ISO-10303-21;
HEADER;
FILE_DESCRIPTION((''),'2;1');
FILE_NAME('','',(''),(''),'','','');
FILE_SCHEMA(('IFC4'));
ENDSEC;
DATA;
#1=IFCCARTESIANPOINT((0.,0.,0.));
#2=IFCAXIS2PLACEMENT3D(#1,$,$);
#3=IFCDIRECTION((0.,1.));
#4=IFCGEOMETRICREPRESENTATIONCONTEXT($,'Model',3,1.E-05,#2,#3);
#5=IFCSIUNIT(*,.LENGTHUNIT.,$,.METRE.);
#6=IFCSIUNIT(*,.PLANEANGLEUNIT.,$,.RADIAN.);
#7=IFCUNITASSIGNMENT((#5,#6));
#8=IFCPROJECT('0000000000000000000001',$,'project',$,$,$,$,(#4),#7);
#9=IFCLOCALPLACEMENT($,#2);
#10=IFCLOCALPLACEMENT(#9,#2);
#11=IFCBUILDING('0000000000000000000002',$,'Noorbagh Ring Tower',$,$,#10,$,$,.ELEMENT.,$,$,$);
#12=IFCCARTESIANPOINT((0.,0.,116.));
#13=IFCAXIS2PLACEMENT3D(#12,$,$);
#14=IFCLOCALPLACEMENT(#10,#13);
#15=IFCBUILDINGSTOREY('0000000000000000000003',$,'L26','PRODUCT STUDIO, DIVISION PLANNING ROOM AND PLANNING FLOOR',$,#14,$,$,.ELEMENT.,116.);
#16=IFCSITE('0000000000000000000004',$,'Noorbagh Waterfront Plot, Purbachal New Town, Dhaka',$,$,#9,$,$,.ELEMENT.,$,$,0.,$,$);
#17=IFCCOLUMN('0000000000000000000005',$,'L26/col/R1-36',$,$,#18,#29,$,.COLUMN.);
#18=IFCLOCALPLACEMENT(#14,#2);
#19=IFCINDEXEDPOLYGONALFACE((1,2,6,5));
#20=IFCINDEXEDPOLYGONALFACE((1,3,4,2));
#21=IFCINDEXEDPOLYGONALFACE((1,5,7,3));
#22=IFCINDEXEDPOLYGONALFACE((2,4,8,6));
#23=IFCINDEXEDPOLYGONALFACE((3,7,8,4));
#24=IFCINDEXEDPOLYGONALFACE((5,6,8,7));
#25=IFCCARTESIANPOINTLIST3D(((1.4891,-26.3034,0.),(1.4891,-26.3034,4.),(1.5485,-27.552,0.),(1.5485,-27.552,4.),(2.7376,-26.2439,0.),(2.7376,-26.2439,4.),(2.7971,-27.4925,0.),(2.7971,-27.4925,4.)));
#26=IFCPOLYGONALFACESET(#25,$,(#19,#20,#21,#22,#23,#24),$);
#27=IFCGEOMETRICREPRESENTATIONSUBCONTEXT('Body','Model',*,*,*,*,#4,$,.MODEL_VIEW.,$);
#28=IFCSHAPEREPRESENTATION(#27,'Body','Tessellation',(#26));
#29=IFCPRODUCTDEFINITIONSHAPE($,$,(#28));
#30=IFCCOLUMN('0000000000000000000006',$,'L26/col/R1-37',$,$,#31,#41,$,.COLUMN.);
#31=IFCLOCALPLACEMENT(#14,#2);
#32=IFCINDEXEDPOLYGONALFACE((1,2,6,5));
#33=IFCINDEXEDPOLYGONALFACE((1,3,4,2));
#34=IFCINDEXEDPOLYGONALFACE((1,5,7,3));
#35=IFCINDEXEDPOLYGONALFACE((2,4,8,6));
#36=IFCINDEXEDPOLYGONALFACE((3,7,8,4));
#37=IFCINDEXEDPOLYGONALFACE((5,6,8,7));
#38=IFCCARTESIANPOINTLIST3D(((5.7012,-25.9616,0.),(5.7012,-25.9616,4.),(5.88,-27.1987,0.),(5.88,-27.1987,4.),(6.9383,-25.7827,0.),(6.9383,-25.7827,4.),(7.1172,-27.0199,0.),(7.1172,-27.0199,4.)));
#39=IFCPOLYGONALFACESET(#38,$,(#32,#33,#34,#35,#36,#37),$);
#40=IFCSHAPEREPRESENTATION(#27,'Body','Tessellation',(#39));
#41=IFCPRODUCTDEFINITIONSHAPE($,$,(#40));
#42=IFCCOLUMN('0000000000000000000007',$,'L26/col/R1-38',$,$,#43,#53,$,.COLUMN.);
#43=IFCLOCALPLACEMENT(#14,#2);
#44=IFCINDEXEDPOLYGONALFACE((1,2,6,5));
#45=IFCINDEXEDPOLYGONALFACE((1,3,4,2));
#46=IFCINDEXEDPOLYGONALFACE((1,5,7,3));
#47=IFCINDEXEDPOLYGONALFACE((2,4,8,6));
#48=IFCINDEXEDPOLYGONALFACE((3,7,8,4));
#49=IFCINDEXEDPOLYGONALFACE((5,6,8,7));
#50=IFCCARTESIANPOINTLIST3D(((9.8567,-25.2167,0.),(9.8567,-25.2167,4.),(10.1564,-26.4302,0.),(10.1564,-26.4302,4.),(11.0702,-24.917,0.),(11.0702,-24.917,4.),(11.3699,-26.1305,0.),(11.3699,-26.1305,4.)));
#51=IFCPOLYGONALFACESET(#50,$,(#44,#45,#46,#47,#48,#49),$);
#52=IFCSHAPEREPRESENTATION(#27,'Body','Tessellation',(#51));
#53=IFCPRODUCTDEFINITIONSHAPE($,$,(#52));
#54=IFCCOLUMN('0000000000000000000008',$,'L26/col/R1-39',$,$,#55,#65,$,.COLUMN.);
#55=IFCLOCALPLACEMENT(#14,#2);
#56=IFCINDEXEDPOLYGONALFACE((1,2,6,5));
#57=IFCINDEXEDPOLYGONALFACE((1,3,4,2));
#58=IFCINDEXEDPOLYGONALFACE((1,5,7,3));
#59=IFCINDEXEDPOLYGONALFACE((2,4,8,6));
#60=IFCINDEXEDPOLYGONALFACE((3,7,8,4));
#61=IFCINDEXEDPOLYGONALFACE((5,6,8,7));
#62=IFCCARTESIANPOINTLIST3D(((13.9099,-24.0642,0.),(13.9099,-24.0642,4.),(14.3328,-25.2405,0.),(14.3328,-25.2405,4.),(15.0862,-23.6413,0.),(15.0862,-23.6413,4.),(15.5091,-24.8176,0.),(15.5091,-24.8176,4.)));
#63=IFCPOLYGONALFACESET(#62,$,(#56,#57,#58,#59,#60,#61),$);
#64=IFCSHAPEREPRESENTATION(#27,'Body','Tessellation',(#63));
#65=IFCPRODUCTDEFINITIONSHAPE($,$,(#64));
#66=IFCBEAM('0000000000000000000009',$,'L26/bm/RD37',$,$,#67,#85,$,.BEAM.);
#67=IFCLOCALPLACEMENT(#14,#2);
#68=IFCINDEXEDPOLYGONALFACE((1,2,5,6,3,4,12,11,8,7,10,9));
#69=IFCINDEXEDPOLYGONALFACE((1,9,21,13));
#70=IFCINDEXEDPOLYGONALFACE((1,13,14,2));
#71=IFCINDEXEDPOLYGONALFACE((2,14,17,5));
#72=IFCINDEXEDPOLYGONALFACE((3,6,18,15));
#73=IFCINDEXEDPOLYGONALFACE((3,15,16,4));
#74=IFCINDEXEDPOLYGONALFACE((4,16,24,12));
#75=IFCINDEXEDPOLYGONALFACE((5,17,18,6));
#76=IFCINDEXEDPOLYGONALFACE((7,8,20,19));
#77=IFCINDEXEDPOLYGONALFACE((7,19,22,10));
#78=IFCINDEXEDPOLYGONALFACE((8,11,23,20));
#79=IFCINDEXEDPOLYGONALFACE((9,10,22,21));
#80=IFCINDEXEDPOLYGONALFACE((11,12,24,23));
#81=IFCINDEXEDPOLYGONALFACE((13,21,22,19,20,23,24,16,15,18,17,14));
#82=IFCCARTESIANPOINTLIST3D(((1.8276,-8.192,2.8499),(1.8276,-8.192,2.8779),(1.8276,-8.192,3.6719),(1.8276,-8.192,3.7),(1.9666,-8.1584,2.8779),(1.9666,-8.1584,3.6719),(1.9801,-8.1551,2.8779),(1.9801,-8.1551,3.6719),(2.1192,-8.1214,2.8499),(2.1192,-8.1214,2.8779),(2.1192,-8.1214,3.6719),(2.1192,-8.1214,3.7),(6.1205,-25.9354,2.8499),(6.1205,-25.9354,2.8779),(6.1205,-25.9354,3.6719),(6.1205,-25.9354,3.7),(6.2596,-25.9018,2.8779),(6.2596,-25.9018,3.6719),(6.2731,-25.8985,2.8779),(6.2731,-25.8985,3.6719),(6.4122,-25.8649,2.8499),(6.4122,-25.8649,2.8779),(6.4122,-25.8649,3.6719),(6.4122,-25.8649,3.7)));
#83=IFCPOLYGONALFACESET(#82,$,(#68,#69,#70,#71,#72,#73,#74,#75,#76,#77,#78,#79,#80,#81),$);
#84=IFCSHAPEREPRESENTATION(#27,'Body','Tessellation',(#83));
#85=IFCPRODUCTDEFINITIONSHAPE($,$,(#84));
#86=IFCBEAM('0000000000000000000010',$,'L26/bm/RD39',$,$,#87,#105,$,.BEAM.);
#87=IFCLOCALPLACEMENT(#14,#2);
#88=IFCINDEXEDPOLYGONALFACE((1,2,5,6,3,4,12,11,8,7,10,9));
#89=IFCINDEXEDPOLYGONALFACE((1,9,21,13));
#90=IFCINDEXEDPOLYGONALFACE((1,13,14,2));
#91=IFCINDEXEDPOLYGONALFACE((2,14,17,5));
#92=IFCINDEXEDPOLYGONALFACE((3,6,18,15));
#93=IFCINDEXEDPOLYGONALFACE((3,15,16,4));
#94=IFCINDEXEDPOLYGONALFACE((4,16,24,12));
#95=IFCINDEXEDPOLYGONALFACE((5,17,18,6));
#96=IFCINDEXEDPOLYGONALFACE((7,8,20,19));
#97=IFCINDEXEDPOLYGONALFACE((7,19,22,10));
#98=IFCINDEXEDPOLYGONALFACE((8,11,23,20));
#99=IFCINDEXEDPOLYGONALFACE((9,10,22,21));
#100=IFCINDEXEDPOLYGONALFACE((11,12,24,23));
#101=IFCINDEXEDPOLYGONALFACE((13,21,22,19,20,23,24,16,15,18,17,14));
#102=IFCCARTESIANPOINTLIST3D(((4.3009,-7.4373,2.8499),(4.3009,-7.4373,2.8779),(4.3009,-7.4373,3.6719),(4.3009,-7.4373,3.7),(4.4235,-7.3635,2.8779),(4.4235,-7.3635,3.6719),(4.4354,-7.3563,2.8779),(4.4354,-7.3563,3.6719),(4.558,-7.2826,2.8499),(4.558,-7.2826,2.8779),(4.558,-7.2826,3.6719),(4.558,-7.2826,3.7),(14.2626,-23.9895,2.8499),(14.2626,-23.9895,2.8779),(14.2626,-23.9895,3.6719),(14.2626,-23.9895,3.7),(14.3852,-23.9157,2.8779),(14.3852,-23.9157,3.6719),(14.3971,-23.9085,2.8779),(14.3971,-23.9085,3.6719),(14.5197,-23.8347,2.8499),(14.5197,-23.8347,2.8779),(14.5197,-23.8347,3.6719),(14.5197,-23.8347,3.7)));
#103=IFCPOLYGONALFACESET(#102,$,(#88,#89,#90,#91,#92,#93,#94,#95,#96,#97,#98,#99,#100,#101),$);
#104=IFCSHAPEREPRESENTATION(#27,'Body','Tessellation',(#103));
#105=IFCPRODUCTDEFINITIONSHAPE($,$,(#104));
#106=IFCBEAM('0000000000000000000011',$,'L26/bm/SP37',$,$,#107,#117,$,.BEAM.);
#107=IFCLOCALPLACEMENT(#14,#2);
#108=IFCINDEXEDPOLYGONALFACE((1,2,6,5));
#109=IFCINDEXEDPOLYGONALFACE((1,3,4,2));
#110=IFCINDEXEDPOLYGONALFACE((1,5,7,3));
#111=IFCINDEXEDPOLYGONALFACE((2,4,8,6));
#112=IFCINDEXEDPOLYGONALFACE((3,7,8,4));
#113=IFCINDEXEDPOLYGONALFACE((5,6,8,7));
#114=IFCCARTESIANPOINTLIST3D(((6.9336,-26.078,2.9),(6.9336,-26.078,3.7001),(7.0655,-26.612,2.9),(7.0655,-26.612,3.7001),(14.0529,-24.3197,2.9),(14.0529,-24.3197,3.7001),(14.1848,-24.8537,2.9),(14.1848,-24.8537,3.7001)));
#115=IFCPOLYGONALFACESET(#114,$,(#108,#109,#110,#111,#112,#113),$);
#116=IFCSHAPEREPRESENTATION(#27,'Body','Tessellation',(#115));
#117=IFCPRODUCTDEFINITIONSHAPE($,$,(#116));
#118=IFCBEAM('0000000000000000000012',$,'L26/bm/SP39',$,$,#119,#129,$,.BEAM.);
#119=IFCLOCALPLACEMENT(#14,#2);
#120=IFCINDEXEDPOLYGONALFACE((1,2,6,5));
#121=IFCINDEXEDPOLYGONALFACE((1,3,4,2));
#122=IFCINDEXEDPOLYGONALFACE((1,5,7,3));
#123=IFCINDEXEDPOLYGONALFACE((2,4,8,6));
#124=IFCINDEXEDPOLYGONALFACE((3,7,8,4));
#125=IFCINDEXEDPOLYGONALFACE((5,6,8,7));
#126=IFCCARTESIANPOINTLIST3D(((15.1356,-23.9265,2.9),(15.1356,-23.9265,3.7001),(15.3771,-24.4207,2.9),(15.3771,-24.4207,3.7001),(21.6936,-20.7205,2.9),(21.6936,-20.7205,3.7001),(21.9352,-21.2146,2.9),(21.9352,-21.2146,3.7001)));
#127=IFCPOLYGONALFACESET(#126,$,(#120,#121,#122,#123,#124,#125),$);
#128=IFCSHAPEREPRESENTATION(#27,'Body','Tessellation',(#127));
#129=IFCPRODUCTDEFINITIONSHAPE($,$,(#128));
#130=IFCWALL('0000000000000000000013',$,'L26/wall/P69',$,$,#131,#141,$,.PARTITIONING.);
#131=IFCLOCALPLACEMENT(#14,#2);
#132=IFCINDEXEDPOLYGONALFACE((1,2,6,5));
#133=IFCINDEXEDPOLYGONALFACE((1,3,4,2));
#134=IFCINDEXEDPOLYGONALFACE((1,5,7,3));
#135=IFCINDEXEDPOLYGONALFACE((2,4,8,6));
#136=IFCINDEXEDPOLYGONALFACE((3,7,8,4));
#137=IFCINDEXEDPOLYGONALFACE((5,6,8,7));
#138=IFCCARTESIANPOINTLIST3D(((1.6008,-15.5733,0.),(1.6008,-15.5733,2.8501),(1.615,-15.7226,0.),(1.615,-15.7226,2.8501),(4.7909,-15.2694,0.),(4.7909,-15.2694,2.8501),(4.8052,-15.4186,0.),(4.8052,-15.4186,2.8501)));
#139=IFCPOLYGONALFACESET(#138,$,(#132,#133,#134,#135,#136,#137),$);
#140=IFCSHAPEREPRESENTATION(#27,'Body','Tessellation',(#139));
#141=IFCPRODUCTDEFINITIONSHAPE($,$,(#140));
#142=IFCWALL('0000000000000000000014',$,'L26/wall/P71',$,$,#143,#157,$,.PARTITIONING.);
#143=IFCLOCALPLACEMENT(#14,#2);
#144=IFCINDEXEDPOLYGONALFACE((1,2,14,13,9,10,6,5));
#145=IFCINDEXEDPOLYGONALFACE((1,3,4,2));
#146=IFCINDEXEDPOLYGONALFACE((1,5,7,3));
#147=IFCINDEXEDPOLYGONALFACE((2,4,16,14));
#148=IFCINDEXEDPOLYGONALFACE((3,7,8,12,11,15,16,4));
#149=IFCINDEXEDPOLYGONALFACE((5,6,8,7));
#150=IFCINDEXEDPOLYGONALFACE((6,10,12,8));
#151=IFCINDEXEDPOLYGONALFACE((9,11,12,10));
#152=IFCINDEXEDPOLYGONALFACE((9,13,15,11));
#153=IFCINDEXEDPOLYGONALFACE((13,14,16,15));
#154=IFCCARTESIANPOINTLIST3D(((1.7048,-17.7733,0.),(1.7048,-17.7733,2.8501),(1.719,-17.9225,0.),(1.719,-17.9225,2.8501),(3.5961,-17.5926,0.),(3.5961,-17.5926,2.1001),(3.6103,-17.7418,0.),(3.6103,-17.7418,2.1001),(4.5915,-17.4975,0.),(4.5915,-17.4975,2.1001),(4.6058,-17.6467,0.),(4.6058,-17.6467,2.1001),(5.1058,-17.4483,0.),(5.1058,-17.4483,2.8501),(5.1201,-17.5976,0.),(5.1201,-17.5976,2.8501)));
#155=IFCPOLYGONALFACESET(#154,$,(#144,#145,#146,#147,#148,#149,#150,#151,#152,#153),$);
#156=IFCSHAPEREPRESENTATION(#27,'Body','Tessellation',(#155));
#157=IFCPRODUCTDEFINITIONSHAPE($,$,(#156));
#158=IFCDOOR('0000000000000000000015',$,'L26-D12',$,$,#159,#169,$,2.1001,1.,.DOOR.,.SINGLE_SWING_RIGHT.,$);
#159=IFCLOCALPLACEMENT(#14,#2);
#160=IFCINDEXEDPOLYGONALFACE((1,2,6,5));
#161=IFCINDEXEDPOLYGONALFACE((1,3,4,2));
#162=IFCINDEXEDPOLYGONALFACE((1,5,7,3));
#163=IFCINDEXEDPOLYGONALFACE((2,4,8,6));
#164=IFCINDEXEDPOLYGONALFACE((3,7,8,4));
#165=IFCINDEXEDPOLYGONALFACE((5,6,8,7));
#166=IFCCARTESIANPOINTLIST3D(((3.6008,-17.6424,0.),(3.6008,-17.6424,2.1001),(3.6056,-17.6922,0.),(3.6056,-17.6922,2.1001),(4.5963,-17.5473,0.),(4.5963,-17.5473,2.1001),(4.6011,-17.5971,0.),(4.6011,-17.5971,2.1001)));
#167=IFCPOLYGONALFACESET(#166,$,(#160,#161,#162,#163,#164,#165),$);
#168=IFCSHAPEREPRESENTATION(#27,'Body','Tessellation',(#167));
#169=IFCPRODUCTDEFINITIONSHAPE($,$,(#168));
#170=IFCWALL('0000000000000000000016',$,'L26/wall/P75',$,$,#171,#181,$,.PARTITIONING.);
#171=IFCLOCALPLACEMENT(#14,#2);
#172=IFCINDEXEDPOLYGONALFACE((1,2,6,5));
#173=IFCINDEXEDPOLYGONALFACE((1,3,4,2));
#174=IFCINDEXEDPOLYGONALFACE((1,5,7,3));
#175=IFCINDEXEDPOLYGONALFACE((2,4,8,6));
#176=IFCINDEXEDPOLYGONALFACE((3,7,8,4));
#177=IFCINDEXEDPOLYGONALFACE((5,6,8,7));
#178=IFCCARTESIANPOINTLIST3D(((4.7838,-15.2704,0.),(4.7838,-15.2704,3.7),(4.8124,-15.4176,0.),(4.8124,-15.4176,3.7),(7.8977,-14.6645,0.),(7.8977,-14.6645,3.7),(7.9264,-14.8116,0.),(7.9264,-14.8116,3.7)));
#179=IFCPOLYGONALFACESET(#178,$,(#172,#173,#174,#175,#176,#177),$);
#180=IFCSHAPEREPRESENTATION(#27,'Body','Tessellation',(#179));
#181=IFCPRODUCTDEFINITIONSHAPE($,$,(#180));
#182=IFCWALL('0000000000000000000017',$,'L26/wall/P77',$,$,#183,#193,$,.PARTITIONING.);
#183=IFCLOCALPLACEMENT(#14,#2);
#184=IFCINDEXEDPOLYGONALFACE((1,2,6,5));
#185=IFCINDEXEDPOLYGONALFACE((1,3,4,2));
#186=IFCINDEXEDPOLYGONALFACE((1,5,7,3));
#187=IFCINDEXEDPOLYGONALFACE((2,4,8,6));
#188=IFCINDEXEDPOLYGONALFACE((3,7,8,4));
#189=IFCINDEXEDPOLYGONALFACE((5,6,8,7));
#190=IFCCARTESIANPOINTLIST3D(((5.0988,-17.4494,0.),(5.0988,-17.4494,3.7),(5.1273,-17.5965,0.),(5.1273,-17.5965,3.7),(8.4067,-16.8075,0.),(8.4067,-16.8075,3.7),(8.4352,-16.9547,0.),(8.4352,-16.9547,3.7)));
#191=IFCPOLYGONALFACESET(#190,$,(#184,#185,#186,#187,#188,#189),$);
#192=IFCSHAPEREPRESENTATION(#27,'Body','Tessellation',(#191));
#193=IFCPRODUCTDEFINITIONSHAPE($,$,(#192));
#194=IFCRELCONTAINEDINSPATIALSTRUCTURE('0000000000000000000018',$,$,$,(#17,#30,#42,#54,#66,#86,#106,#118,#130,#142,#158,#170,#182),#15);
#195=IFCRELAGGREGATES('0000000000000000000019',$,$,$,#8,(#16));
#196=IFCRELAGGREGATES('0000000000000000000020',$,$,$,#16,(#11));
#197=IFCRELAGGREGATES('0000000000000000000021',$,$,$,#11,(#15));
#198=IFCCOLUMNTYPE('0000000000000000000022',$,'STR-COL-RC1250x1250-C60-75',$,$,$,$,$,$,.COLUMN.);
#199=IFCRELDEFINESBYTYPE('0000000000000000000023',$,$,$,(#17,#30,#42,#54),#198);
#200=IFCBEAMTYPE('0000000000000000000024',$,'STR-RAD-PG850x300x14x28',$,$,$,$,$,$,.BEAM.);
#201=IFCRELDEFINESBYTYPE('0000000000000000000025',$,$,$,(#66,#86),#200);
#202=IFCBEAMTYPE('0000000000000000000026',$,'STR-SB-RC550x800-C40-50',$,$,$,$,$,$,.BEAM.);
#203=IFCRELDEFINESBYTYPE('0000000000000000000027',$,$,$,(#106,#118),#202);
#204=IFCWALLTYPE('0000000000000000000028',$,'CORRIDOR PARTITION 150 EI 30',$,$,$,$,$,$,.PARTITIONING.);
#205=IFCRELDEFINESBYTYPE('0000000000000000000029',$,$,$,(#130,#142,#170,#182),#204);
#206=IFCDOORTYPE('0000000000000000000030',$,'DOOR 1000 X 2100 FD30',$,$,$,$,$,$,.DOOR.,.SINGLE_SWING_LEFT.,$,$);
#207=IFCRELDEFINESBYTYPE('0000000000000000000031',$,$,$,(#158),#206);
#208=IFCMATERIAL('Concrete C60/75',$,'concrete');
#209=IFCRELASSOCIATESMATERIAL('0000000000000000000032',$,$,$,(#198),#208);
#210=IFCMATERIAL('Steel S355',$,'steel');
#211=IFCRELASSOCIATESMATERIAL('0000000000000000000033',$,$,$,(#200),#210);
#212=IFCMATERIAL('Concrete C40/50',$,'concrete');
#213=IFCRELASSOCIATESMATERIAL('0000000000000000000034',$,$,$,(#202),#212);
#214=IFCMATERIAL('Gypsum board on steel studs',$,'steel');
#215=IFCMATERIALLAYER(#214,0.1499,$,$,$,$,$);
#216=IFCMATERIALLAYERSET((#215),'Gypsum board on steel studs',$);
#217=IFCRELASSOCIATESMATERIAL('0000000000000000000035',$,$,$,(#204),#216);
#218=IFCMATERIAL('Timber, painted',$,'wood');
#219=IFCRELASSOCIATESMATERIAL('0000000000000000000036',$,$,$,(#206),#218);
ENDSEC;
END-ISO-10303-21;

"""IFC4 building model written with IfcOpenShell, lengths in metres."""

from ifc_helpers import new_model, si_unit, direction, frame, frame_2d, origin, origin_2d, place, context, subcontext, project, spatial, rectangle, i_section, extrude, material, layer, layer_set, material_profile, profile_set, type_object, element, fill, save


model = new_model("IFC4")

# Units and contexts
model_context = context("Model", 3, precision=1e-05, world=origin(), true_north=direction((0.0, 1.0)))
body_context = subcontext(model_context, "Body", "Model", "MODEL_VIEW")
ifc_project = project(units=[si_unit("LENGTHUNIT", "METRE"), si_unit("PLANEANGLEUNIT", "RADIAN")], contexts=[model_context])

# Site, building, storey
site_placement = place(None, origin())
site = spatial("IfcSite", under=ifc_project, at=site_placement, Name="Noorbagh Waterfront Plot, Purbachal New Town, Dhaka", CompositionType="ELEMENT", RefElevation=0.0)
building_placement = place(site_placement, origin())
building = spatial("IfcBuilding", under=site, at=building_placement, Name="Noorbagh Ring Tower", CompositionType="ELEMENT")
storey_placement = place(building_placement, frame((0.0, 0.0, 116.0)))
storey = spatial("IfcBuildingStorey", under=building, at=storey_placement, Name="L26", Description="PRODUCT STUDIO, DIVISION PLANNING ROOM AND PLANNING FLOOR", CompositionType="ELEMENT", Elevation=116.0)

# Columns
ifc_material_1 = material(Name="Concrete C60/75", Category="concrete")
ifc_material_profile_1 = material_profile(ifc_material_1, rectangle(XDim=1.25, YDim=1.25, at=origin_2d()), Name="RC1250x1250")
ifc_profile_set_1 = profile_set([ifc_material_profile_1], Name="Concrete C60/75")
column_type = type_object("IfcColumnType", Name="STR-COL-RC1250x1250-C60-75", PredefinedType="COLUMN", material=ifc_profile_set_1)
for number, where, z_axis, x_axis, name in (
    (1, (2.1431, -26.8979, 0.0), (0.0, 0.0, 1.0), (0.998869, 0.047553, 0.0), "L26/col/R1-36"),
    (2, (6.4092, -26.4907, 0.0), (0.0, 0.0, 1.0), (0.989713, 0.143066, 0.0), "L26/col/R1-37"),
    (3, (10.6133, -25.6736, 0.0), (0.0, 0.0, 1.0), (0.970829, 0.239771, 0.0), "L26/col/R1-38"),
    (4, (14.7095, -24.4409, 0.0), (0.0, 0.0, 1.0), (0.941025, 0.338338, 0.0), "L26/col/R1-39"),
):
    element("IfcColumn", number, at=place(storey_placement, frame(where, z_axis=z_axis, x_axis=x_axis)), inside=storey, type_object=column_type, Name=name, PredefinedType="COLUMN", context=body_context, shape_type="SweptSolid", body=[
        extrude(rectangle(XDim=1.25, YDim=1.25, at=origin_2d()), origin(), (0.0, 0.0, 1.0), 4.0),
    ])

# Beams
ifc_material_2 = material(Name="Steel S355", Category="steel")
ifc_material_profile_2 = material_profile(ifc_material_2, i_section(OverallWidth=0.3, OverallDepth=0.8501, WebThickness=0.0139, FlangeThickness=0.0281, at=origin_2d()), Name="PG850x300x14x28")
ifc_profile_set_2 = profile_set([ifc_material_profile_2], Name="Steel S355")
beam_type_1 = type_object("IfcBeamType", Name="STR-RAD-PG850x300x14x28", PredefinedType="BEAM", material=ifc_profile_set_2)
beam_1_placement = place(storey_placement, frame((6.2664, -25.9001, 3.2749), z_axis=(-0.235162, 0.971956, 0.0), x_axis=(-0.971956, -0.235162, 0.0)))
element("IfcBeam", 5, at=beam_1_placement, inside=storey, type_object=beam_type_1, Name="L26/bm/RD37", PredefinedType="BEAM", context=body_context, shape_type="SweptSolid", body=[
    extrude(i_section(OverallWidth=0.3, OverallDepth=0.8501, WebThickness=0.0139, FlangeThickness=0.0281, at=origin_2d()), origin(), (0.0, 0.0, 1.0), 18.2554),
])
beam_2_placement = place(storey_placement, frame((14.3911, -23.9121, 3.2749), z_axis=(-0.515649, 0.8568, 0.0), x_axis=(-0.8568, -0.515649, 0.0)))
element("IfcBeam", 6, at=beam_2_placement, inside=storey, type_object=beam_type_1, Name="L26/bm/RD39", PredefinedType="BEAM", context=body_context, shape_type="SweptSolid", body=[
    extrude(i_section(OverallWidth=0.3, OverallDepth=0.8501, WebThickness=0.0139, FlangeThickness=0.0281, at=origin_2d()), origin(), (0.0, 0.0, 1.0), 19.3186),
])
ifc_material_3 = material(Name="Concrete C40/50", Category="concrete")
ifc_material_profile_3 = material_profile(ifc_material_3, rectangle(XDim=0.55, YDim=0.8, at=origin_2d()), Name="RC550x800")
ifc_profile_set_3 = profile_set([ifc_material_profile_3], Name="Concrete C40/50")
beam_type_2 = type_object("IfcBeamType", Name="STR-SB-RC550x800-C40-50", PredefinedType="BEAM", material=ifc_profile_set_3)
beam_3_placement = place(storey_placement, frame((6.9995, -26.345, 3.3), z_axis=(0.97083, 0.239769, 0.0), x_axis=(-0.239769, 0.97083, 0.0)))
element("IfcBeam", 7, at=beam_3_placement, inside=storey, type_object=beam_type_2, Name="L26/bm/SP37", PredefinedType="BEAM", context=body_context, shape_type="SweptSolid", body=[
    extrude(rectangle(XDim=0.55, YDim=0.8, at=origin_2d()), origin(), (0.0, 0.0, 1.0), 7.3333),
])
beam_4_placement = place(storey_placement, frame((15.2563, -24.1736, 3.3), z_axis=(0.898391, 0.439196, 0.0), x_axis=(-0.439196, 0.898391, 0.0)))
element("IfcBeam", 8, at=beam_4_placement, inside=storey, type_object=beam_type_2, Name="L26/bm/SP39", PredefinedType="BEAM", context=body_context, shape_type="SweptSolid", body=[
    extrude(rectangle(XDim=0.55, YDim=0.8, at=origin_2d()), origin(), (0.0, 0.0, 1.0), 7.2998),
])

# Wall
ifc_material_4 = material(Name="Gypsum board on steel studs", Category="steel")
ifc_layer_1 = layer(ifc_material_4, 0.1499)
ifc_layer_set_1 = layer_set([ifc_layer_1], Name="Gypsum board on steel studs")
wall_type_1 = type_object("IfcWallType", Name="CORRIDOR PARTITION 150 EI 30", PredefinedType="PARTITIONING", material=ifc_layer_set_1)
wall_1_placement = place(storey_placement, frame((1.6079, -15.6479, 0.0), z_axis=(0.0, 0.0, 1.0), x_axis=(0.995492, 0.094849, 0.0)))
element("IfcWall", 9, at=wall_1_placement, inside=storey, type_object=wall_type_1, Name="L26/wall/P69", PredefinedType="PARTITIONING", context=body_context, shape_type="SweptSolid", body=[
    extrude(rectangle(XDim=3.2046, YDim=0.1499, at=frame_2d((1.6023, 0.0))), origin(), (0.0, 0.0, 1.0), 2.8501),
])

# Wall, opening, door
wall_2_placement = place(storey_placement, frame((1.7119, -17.8479, 0.0), z_axis=(0.0, 0.0, 1.0), x_axis=(0.995467, 0.095109, 0.0)))
wall_2 = element("IfcWall", 10, at=wall_2_placement, inside=storey, type_object=wall_type_1, Name="L26/wall/P71", PredefinedType="PARTITIONING", context=body_context, shape_type="SweptSolid", body=[
    extrude(rectangle(XDim=3.4165, YDim=0.1499, at=frame_2d((1.7083, 0.0))), origin(), (0.0, 0.0, 1.0), 2.8501),
])
opening_1_placement = place(wall_2_placement, frame((1.8999, 0.0, 0.0)))
opening_1 = element("IfcOpeningElement", 11, at=opening_1_placement, cuts=wall_2, PredefinedType="OPENING", context=body_context, shape_type="SweptSolid", body=[
    extrude(rectangle(XDim=1.0, YDim=2.1001, at=frame_2d((0.5, 1.05))), frame((0.0, 0.085, 0.0), z_axis=(0.0, -1.0, 0.0), x_axis=(1.0, 0.0, 0.0)), (0.0, 0.0, 1.0), 0.1699),
])
ifc_material_5 = material(Name="Timber, painted", Category="wood")
door_type_1 = type_object("IfcDoorType", Name="DOOR 1000 X 2100 FD30", OperationType="SINGLE_SWING_LEFT", PredefinedType="DOOR", material=ifc_material_5)
door_1_placement = place(opening_1_placement, origin())
door_1 = element("IfcDoor", 12, at=door_1_placement, inside=storey, type_object=door_type_1, Name="L26-D12", OperationType="SINGLE_SWING_RIGHT", OverallHeight=2.1001, OverallWidth=1.0, PredefinedType="DOOR", context=body_context, shape_type="SweptSolid", body=[
    extrude(rectangle(XDim=1.0, YDim=2.1001, at=frame_2d((0.5, 1.05))), frame((0.0, 0.0249, 0.0), z_axis=(0.0, -1.0, 0.0), x_axis=(1.0, 0.0, 0.0)), (0.0, 0.0, 1.0), 0.05),
])
fill(opening_1, door_1)

# Walls
wall_3_placement = place(storey_placement, frame((4.7981, -15.344, 0.0), z_axis=(0.0, 0.0, 1.0), x_axis=(0.981589, 0.191008, 0.0)))
element("IfcWall", 13, at=wall_3_placement, inside=storey, type_object=wall_type_1, Name="L26/wall/P75", PredefinedType="PARTITIONING", context=body_context, shape_type="SweptSolid", body=[
    extrude(rectangle(XDim=3.1724, YDim=0.1499, at=frame_2d((1.5862, 0.0))), origin(), (0.0, 0.0, 1.0), 3.7),
])
wall_4_placement = place(storey_placement, frame((5.113, -17.5229, 0.0), z_axis=(0.0, 0.0, 1.0), x_axis=(0.98169, 0.190484, 0.0)))
element("IfcWall", 14, at=wall_4_placement, inside=storey, type_object=wall_type_1, Name="L26/wall/P77", PredefinedType="PARTITIONING", context=body_context, shape_type="SweptSolid", body=[
    extrude(rectangle(XDim=3.3696, YDim=0.1499, at=frame_2d((1.6848, 0.0))), origin(), (0.0, 0.0, 1.0), 3.7),
])

save(model, "model.ifc")
